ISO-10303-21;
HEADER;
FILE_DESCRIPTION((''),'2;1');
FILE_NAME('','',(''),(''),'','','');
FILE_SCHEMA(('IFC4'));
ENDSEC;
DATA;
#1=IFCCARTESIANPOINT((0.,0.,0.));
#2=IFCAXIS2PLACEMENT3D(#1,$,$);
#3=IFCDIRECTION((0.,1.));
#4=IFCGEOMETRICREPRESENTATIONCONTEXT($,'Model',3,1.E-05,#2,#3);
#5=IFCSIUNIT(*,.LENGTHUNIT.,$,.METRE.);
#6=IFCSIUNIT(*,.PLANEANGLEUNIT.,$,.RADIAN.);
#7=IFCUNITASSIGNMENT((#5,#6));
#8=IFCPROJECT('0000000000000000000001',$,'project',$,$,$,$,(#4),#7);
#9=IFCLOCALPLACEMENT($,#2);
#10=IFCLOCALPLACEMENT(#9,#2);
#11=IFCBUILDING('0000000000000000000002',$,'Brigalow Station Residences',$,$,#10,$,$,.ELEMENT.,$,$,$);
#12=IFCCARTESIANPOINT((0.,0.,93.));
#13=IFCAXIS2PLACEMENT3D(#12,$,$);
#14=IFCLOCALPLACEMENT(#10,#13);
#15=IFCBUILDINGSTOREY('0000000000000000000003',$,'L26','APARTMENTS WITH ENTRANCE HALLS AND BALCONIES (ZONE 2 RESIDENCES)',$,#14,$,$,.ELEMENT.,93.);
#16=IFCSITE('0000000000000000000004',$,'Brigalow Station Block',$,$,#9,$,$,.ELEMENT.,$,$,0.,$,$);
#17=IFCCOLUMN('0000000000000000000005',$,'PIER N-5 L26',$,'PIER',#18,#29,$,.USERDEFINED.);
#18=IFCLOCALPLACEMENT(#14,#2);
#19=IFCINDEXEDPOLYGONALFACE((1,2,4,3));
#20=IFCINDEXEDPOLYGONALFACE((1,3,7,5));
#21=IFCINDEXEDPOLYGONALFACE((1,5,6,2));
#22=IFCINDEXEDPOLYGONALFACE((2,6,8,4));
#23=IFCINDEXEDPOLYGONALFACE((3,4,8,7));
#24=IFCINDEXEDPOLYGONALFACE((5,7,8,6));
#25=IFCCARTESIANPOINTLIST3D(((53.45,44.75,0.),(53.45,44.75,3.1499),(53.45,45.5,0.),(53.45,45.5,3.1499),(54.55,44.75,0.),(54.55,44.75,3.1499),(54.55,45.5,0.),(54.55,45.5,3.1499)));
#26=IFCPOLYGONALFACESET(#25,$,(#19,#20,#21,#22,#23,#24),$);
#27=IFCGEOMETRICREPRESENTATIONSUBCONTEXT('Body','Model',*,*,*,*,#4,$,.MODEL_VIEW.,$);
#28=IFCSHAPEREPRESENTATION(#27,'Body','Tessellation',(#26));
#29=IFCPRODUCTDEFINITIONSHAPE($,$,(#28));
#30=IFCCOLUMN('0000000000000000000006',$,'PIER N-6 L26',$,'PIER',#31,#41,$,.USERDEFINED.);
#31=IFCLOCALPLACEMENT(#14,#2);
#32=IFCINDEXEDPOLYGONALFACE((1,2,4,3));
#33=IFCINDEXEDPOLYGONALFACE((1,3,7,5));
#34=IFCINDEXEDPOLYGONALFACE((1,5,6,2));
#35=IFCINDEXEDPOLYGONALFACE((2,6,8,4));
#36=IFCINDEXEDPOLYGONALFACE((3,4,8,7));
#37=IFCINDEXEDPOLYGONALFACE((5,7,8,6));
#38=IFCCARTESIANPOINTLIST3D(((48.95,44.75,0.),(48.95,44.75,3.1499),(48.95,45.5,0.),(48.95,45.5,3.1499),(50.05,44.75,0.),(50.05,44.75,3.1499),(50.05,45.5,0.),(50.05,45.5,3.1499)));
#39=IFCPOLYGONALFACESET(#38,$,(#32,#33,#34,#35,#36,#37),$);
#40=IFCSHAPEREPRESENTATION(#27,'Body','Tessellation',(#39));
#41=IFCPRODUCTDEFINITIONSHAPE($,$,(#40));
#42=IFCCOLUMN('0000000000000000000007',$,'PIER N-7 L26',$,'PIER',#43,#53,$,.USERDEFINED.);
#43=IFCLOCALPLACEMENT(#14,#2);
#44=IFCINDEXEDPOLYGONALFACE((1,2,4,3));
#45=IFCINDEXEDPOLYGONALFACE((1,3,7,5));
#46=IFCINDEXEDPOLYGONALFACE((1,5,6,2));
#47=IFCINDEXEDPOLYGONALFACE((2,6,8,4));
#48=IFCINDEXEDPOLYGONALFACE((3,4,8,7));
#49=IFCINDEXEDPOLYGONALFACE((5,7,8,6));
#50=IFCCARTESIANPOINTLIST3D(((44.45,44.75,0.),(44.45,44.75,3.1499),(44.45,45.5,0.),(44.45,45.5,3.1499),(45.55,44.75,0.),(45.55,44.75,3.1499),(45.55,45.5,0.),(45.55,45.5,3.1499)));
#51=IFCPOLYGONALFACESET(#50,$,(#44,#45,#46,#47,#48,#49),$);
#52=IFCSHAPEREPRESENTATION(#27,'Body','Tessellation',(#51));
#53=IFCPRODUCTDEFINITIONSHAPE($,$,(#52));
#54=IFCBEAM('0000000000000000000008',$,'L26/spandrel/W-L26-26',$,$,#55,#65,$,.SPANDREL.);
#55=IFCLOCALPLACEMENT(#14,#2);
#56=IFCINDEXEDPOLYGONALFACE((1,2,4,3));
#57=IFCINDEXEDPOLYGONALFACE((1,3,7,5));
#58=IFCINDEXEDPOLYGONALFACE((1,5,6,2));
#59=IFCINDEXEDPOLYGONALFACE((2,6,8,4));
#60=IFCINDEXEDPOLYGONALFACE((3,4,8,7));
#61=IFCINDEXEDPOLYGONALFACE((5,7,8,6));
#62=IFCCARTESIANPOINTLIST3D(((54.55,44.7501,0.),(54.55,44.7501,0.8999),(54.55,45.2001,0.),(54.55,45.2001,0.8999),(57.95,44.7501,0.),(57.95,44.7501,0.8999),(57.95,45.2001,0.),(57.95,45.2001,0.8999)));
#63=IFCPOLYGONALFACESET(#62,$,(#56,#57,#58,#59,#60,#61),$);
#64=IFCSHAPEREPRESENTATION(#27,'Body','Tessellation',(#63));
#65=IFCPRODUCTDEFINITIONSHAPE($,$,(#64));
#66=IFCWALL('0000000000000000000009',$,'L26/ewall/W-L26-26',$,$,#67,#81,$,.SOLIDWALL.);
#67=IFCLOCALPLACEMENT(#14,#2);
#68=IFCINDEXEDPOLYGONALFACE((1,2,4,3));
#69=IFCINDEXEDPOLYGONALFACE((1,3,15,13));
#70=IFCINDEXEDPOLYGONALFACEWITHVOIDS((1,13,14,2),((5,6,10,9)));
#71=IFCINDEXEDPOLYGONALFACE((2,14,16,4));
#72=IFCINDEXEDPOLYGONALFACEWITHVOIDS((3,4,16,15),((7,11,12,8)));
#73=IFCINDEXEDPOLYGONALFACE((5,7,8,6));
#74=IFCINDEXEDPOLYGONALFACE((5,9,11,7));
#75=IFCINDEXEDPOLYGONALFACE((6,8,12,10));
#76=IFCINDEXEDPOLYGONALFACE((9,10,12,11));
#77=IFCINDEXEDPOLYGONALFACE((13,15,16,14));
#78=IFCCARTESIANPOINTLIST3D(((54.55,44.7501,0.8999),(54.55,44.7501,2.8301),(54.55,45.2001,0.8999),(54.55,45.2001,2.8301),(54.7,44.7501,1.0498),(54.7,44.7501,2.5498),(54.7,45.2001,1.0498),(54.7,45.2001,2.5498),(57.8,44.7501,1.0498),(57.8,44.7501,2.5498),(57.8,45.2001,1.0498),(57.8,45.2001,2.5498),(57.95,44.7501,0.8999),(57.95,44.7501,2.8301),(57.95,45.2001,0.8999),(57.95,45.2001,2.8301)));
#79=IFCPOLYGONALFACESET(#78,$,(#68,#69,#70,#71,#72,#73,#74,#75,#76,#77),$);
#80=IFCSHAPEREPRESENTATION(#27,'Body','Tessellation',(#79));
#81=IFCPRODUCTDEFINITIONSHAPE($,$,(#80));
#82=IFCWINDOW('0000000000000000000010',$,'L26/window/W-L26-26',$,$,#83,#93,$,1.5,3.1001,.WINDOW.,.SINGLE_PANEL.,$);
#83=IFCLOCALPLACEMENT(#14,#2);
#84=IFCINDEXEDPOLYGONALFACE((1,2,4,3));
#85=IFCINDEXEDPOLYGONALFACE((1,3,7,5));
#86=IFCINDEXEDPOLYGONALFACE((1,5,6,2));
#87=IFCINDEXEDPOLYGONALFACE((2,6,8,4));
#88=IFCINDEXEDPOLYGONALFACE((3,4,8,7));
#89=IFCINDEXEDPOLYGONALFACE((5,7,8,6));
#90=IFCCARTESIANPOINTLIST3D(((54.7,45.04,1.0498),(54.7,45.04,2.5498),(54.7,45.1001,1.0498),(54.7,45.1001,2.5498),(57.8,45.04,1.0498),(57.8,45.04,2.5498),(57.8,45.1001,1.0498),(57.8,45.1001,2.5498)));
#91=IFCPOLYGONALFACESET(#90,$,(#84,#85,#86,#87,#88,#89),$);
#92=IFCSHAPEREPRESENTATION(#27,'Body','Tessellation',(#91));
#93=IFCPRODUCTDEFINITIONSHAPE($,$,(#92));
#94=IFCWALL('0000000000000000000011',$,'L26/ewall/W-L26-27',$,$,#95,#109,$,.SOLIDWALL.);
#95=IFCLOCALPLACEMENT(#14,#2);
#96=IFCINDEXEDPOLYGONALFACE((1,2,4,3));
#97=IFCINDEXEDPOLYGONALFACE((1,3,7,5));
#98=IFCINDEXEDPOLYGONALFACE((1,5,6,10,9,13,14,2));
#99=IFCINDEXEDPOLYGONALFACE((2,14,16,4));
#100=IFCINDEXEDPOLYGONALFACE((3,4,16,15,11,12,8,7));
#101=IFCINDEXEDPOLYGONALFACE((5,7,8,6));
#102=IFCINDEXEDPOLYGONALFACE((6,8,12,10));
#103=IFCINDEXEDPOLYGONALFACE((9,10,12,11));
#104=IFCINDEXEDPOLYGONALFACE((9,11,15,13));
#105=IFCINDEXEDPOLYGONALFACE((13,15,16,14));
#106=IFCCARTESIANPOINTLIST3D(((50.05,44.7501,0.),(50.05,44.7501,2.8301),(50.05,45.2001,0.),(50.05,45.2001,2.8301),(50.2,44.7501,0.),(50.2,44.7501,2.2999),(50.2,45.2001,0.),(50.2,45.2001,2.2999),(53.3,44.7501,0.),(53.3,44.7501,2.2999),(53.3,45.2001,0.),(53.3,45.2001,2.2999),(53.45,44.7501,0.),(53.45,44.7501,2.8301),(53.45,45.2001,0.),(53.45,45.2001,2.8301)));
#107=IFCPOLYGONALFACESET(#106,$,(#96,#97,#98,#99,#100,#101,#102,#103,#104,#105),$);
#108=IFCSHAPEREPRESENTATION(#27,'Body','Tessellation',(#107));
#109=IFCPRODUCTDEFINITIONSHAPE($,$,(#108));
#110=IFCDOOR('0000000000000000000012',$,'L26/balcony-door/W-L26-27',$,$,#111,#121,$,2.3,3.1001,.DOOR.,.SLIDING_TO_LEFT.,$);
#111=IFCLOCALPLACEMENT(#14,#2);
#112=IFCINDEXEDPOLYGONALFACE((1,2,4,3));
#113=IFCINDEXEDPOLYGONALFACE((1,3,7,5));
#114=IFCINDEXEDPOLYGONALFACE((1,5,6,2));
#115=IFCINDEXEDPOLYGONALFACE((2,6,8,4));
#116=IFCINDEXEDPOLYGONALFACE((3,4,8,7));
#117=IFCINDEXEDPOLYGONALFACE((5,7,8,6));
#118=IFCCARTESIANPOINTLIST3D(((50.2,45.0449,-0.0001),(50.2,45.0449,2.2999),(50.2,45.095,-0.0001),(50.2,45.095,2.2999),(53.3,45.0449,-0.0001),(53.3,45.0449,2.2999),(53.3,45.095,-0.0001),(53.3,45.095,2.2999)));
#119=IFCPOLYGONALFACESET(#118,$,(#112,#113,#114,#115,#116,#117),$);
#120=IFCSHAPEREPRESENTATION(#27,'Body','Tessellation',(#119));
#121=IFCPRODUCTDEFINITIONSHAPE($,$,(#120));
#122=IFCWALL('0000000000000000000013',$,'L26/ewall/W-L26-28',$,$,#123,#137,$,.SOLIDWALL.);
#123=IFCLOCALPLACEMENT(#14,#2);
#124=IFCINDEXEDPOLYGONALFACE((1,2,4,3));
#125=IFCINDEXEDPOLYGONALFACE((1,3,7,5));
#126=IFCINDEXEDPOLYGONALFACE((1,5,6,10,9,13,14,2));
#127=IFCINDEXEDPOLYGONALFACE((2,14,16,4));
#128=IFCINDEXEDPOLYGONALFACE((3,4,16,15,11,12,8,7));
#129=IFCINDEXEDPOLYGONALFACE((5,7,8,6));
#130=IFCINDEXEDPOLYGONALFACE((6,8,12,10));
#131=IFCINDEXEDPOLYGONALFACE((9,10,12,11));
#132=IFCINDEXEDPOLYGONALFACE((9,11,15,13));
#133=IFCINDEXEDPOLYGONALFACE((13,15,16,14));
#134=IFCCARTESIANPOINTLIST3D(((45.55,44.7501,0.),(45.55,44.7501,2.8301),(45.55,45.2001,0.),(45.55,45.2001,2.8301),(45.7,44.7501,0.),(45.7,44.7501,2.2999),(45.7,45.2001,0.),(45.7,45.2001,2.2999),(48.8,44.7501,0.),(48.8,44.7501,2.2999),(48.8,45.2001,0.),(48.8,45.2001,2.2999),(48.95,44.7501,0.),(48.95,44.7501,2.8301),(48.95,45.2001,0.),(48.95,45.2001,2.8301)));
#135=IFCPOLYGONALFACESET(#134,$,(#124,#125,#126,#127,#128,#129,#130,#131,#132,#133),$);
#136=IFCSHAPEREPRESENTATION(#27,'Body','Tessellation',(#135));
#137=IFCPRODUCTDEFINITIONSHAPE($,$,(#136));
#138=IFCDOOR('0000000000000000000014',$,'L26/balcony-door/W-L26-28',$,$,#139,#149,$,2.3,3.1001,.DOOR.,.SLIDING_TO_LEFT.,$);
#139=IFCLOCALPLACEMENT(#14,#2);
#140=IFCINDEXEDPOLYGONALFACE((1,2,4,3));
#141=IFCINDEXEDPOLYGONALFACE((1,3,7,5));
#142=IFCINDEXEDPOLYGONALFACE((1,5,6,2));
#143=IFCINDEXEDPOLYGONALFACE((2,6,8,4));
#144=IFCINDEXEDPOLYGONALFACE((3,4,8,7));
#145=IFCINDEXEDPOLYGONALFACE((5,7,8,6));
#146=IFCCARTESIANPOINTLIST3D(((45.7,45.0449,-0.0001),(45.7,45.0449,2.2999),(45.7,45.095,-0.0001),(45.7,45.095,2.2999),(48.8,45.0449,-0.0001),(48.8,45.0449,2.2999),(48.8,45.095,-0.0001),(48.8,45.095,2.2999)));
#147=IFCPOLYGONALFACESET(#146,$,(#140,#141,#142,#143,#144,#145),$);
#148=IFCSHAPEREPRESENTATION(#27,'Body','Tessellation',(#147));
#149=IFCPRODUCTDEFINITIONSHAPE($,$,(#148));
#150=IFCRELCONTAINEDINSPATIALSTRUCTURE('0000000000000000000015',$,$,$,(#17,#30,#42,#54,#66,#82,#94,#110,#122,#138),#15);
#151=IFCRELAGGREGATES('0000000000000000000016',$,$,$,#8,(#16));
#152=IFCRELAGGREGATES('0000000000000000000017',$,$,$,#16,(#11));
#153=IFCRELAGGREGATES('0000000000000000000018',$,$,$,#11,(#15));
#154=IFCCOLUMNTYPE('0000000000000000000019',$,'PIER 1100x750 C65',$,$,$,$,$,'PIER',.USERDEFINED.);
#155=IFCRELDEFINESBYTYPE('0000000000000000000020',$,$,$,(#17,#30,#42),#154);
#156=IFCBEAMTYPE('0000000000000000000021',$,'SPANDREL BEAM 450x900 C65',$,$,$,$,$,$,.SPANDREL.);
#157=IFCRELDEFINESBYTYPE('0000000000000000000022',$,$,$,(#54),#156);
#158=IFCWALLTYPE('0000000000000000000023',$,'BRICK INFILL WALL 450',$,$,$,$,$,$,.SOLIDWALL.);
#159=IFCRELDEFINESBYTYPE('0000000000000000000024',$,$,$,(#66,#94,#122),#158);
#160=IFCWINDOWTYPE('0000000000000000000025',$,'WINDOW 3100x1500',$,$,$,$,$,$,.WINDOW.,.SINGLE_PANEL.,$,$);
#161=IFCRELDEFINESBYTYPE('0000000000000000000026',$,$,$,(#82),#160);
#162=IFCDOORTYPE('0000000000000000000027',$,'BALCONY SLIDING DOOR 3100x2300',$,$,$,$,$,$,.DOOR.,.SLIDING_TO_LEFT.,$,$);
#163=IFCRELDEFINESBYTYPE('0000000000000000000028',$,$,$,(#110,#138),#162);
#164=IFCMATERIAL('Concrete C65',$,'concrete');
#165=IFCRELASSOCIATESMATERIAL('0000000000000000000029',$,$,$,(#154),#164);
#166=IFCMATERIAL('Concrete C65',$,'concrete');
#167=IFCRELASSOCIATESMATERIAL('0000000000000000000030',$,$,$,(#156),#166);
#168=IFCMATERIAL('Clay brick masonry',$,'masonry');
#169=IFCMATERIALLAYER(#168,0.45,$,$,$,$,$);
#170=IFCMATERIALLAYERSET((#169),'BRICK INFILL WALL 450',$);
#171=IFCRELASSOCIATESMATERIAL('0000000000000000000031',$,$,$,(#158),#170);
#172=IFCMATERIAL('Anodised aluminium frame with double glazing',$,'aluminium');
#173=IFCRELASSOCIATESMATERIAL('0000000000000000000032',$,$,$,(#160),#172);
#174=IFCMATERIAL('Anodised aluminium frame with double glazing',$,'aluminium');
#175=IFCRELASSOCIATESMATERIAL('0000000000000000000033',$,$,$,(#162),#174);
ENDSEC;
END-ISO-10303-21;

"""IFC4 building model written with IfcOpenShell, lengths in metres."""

from ifc_helpers import new_model, si_unit, direction, frame, frame_2d, origin, origin_2d, place, context, subcontext, project, spatial, rectangle, extrude, material, layer, layer_set, material_profile, profile_set, type_object, element, fill, save


model = new_model("IFC4")

# Units and contexts
model_context = context("Model", 3, precision=1e-05, world=origin(), true_north=direction((0.0, 1.0)))
body_context = subcontext(model_context, "Body", "Model", "MODEL_VIEW")
ifc_project = project(units=[si_unit("LENGTHUNIT", "METRE"), si_unit("PLANEANGLEUNIT", "RADIAN")], contexts=[model_context])

# Site, building, storey
site_placement = place(None, origin())
site = spatial("IfcSite", under=ifc_project, at=site_placement, Name="Brigalow Station Block", CompositionType="ELEMENT", RefElevation=0.0)
building_placement = place(site_placement, origin())
building = spatial("IfcBuilding", under=site, at=building_placement, Name="Brigalow Station Residences", CompositionType="ELEMENT")
storey_placement = place(building_placement, frame((0.0, 0.0, 93.0)))
storey = spatial("IfcBuildingStorey", under=building, at=storey_placement, Name="L26", Description="APARTMENTS WITH ENTRANCE HALLS AND BALCONIES (ZONE 2 RESIDENCES)", CompositionType="ELEMENT", Elevation=93.0)

# Columns
ifc_material_1 = material(Name="Concrete C65", Category="concrete")
ifc_material_profile_1 = material_profile(ifc_material_1, rectangle(XDim=1.1001, YDim=0.75, at=origin_2d()), Name="RC1100x750")
ifc_profile_set_1 = profile_set([ifc_material_profile_1], Name="Concrete C65")
column_type = type_object("IfcColumnType", Name="PIER 1100x750 C65", ElementType="PIER", PredefinedType="USERDEFINED", material=ifc_profile_set_1)
for number, where, z_axis, x_axis, name in (
    (1, (54.0, 45.125, 0.0), (0.0, 0.0, 1.0), (-1.0, 0.0, 0.0), "PIER N-5 L26"),
    (2, (49.5, 45.125, 0.0), (0.0, 0.0, 1.0), (-1.0, 0.0, 0.0), "PIER N-6 L26"),
    (3, (45.0, 45.125, 0.0), (0.0, 0.0, 1.0), (-1.0, 0.0, 0.0), "PIER N-7 L26"),
):
    element("IfcColumn", number, at=place(storey_placement, frame(where, z_axis=z_axis, x_axis=x_axis)), inside=storey, type_object=column_type, Name=name, ObjectType="PIER", PredefinedType="USERDEFINED", context=body_context, shape_type="SweptSolid", body=[
        extrude(rectangle(XDim=1.1001, YDim=0.75, at=origin_2d()), origin(), (0.0, 0.0, 1.0), 3.1499),
    ])

# Beam
ifc_material_2 = material(Name="Concrete C65", Category="concrete")
ifc_material_profile_2 = material_profile(ifc_material_2, rectangle(XDim=0.45, YDim=0.8999, at=origin_2d()), Name="RC450x900")
ifc_profile_set_2 = profile_set([ifc_material_profile_2], Name="Concrete C65")
beam_type = type_object("IfcBeamType", Name="SPANDREL BEAM 450x900 C65", PredefinedType="SPANDREL", material=ifc_profile_set_2)
beam_placement = place(storey_placement, frame((57.95, 44.9751, 0.45), z_axis=(-1.0, 0.0, 0.0), x_axis=(0.0, -1.0, 0.0)))
element("IfcBeam", 4, at=beam_placement, inside=storey, type_object=beam_type, Name="L26/spandrel/W-L26-26", PredefinedType="SPANDREL", context=body_context, shape_type="SweptSolid", body=[
    extrude(rectangle(XDim=0.45, YDim=0.8999, at=origin_2d()), origin(), (0.0, 0.0, 1.0), 3.3999),
])

# Wall, opening, window
ifc_material_3 = material(Name="Clay brick masonry", Category="masonry")
ifc_layer_1 = layer(ifc_material_3, 0.45)
ifc_layer_set_1 = layer_set([ifc_layer_1], Name="BRICK INFILL WALL 450")
wall_type_1 = type_object("IfcWallType", Name="BRICK INFILL WALL 450", PredefinedType="SOLIDWALL", material=ifc_layer_set_1)
wall_1_placement = place(storey_placement, frame((57.95, 44.9751, 0.8999), z_axis=(0.0, 0.0, 1.0), x_axis=(-1.0, 0.0, 0.0)))
wall_1 = element("IfcWall", 5, at=wall_1_placement, inside=storey, type_object=wall_type_1, Name="L26/ewall/W-L26-26", PredefinedType="SOLIDWALL", context=body_context, shape_type="SweptSolid", body=[
    extrude(rectangle(XDim=3.3999, YDim=0.45, at=frame_2d((1.7, 0.0))), origin(), (0.0, 0.0, 1.0), 1.9302),
])
opening_1_placement = place(wall_1_placement, frame((0.1499, 0.0, 0.1499)))
opening_1 = element("IfcOpeningElement", 6, at=opening_1_placement, cuts=wall_1, PredefinedType="OPENING", context=body_context, shape_type="SweptSolid", body=[
    extrude(rectangle(XDim=3.1001, YDim=1.5, at=frame_2d((1.55, 0.75))), frame((0.0, 0.2349, 0.0), z_axis=(0.0, -1.0, 0.0), x_axis=(1.0, 0.0, 0.0)), (0.0, 0.0, 1.0), 0.47),
])
ifc_material_4 = material(Name="Anodised aluminium frame with double glazing", Category="aluminium")
window_type = type_object("IfcWindowType", Name="WINDOW 3100x1500", PartitioningType="SINGLE_PANEL", PredefinedType="WINDOW", material=ifc_material_4)
window_placement = place(opening_1_placement, origin())
window = element("IfcWindow", 7, at=window_placement, inside=storey, type_object=window_type, Name="L26/window/W-L26-26", OverallHeight=1.5, OverallWidth=3.1001, PartitioningType="SINGLE_PANEL", PredefinedType="WINDOW", context=body_context, shape_type="SweptSolid", body=[
    extrude(rectangle(XDim=3.1001, YDim=1.5, at=frame_2d((1.55, 0.75))), frame((0.0, -0.0649, 0.0), z_axis=(0.0, -1.0, 0.0), x_axis=(1.0, 0.0, 0.0)), (0.0, 0.0, 1.0), 0.0601),
])
fill(opening_1, window)

# Walls, openings, doors
wall_2_placement = place(storey_placement, frame((53.45, 44.9751, 0.0), z_axis=(0.0, 0.0, 1.0), x_axis=(-1.0, 0.0, 0.0)))
wall_2 = element("IfcWall", 8, at=wall_2_placement, inside=storey, type_object=wall_type_1, Name="L26/ewall/W-L26-27", PredefinedType="SOLIDWALL", context=body_context, shape_type="SweptSolid", body=[
    extrude(rectangle(XDim=3.3999, YDim=0.45, at=frame_2d((1.7, 0.0))), origin(), (0.0, 0.0, 1.0), 2.8301),
])
opening_2_placement = place(wall_2_placement, frame((0.1499, 0.0, 0.0)))
opening_2 = element("IfcOpeningElement", 9, at=opening_2_placement, cuts=wall_2, PredefinedType="OPENING", context=body_context, shape_type="SweptSolid", body=[
    extrude(rectangle(XDim=3.1001, YDim=2.3, at=frame_2d((1.55, 1.1499))), frame((0.0, 0.2349, 0.0), z_axis=(0.0, -1.0, 0.0), x_axis=(1.0, 0.0, 0.0)), (0.0, 0.0, 1.0), 0.47),
])
ifc_material_5 = material(Name="Anodised aluminium frame with double glazing", Category="aluminium")
door_type_1 = type_object("IfcDoorType", Name="BALCONY SLIDING DOOR 3100x2300", OperationType="SLIDING_TO_LEFT", PredefinedType="DOOR", material=ifc_material_5)
door_1_placement = place(opening_2_placement, origin())
door_1 = element("IfcDoor", 10, at=door_1_placement, inside=storey, type_object=door_type_1, Name="L26/balcony-door/W-L26-27", OperationType="SLIDING_TO_LEFT", OverallHeight=2.3, OverallWidth=3.1001, PredefinedType="DOOR", context=body_context, shape_type="SweptSolid", body=[
    extrude(rectangle(XDim=3.1001, YDim=2.3, at=frame_2d((1.55, 1.1499))), frame((0.0, -0.0698, 0.0), z_axis=(0.0, -1.0, 0.0), x_axis=(1.0, 0.0, 0.0)), (0.0, 0.0, 1.0), 0.05),
])
fill(opening_2, door_1)
wall_3_placement = place(storey_placement, frame((48.95, 44.9751, 0.0), z_axis=(0.0, 0.0, 1.0), x_axis=(-1.0, 0.0, 0.0)))
wall_3 = element("IfcWall", 11, at=wall_3_placement, inside=storey, type_object=wall_type_1, Name="L26/ewall/W-L26-28", PredefinedType="SOLIDWALL", context=body_context, shape_type="SweptSolid", body=[
    extrude(rectangle(XDim=3.3999, YDim=0.45, at=frame_2d((1.7, 0.0))), origin(), (0.0, 0.0, 1.0), 2.8301),
])
opening_3_placement = place(wall_3_placement, frame((0.1499, 0.0, 0.0)))
opening_3 = element("IfcOpeningElement", 12, at=opening_3_placement, cuts=wall_3, PredefinedType="OPENING", context=body_context, shape_type="SweptSolid", body=[
    extrude(rectangle(XDim=3.1001, YDim=2.3, at=frame_2d((1.55, 1.1499))), frame((0.0, 0.2349, 0.0), z_axis=(0.0, -1.0, 0.0), x_axis=(1.0, 0.0, 0.0)), (0.0, 0.0, 1.0), 0.47),
])
door_2_placement = place(opening_3_placement, origin())
door_2 = element("IfcDoor", 13, at=door_2_placement, inside=storey, type_object=door_type_1, Name="L26/balcony-door/W-L26-28", OperationType="SLIDING_TO_LEFT", OverallHeight=2.3, OverallWidth=3.1001, PredefinedType="DOOR", context=body_context, shape_type="SweptSolid", body=[
    extrude(rectangle(XDim=3.1001, YDim=2.3, at=frame_2d((1.55, 1.1499))), frame((0.0, -0.0698, 0.0), z_axis=(0.0, -1.0, 0.0), x_axis=(1.0, 0.0, 0.0)), (0.0, 0.0, 1.0), 0.05),
])
fill(opening_3, door_2)

save(model, "model.ifc")
